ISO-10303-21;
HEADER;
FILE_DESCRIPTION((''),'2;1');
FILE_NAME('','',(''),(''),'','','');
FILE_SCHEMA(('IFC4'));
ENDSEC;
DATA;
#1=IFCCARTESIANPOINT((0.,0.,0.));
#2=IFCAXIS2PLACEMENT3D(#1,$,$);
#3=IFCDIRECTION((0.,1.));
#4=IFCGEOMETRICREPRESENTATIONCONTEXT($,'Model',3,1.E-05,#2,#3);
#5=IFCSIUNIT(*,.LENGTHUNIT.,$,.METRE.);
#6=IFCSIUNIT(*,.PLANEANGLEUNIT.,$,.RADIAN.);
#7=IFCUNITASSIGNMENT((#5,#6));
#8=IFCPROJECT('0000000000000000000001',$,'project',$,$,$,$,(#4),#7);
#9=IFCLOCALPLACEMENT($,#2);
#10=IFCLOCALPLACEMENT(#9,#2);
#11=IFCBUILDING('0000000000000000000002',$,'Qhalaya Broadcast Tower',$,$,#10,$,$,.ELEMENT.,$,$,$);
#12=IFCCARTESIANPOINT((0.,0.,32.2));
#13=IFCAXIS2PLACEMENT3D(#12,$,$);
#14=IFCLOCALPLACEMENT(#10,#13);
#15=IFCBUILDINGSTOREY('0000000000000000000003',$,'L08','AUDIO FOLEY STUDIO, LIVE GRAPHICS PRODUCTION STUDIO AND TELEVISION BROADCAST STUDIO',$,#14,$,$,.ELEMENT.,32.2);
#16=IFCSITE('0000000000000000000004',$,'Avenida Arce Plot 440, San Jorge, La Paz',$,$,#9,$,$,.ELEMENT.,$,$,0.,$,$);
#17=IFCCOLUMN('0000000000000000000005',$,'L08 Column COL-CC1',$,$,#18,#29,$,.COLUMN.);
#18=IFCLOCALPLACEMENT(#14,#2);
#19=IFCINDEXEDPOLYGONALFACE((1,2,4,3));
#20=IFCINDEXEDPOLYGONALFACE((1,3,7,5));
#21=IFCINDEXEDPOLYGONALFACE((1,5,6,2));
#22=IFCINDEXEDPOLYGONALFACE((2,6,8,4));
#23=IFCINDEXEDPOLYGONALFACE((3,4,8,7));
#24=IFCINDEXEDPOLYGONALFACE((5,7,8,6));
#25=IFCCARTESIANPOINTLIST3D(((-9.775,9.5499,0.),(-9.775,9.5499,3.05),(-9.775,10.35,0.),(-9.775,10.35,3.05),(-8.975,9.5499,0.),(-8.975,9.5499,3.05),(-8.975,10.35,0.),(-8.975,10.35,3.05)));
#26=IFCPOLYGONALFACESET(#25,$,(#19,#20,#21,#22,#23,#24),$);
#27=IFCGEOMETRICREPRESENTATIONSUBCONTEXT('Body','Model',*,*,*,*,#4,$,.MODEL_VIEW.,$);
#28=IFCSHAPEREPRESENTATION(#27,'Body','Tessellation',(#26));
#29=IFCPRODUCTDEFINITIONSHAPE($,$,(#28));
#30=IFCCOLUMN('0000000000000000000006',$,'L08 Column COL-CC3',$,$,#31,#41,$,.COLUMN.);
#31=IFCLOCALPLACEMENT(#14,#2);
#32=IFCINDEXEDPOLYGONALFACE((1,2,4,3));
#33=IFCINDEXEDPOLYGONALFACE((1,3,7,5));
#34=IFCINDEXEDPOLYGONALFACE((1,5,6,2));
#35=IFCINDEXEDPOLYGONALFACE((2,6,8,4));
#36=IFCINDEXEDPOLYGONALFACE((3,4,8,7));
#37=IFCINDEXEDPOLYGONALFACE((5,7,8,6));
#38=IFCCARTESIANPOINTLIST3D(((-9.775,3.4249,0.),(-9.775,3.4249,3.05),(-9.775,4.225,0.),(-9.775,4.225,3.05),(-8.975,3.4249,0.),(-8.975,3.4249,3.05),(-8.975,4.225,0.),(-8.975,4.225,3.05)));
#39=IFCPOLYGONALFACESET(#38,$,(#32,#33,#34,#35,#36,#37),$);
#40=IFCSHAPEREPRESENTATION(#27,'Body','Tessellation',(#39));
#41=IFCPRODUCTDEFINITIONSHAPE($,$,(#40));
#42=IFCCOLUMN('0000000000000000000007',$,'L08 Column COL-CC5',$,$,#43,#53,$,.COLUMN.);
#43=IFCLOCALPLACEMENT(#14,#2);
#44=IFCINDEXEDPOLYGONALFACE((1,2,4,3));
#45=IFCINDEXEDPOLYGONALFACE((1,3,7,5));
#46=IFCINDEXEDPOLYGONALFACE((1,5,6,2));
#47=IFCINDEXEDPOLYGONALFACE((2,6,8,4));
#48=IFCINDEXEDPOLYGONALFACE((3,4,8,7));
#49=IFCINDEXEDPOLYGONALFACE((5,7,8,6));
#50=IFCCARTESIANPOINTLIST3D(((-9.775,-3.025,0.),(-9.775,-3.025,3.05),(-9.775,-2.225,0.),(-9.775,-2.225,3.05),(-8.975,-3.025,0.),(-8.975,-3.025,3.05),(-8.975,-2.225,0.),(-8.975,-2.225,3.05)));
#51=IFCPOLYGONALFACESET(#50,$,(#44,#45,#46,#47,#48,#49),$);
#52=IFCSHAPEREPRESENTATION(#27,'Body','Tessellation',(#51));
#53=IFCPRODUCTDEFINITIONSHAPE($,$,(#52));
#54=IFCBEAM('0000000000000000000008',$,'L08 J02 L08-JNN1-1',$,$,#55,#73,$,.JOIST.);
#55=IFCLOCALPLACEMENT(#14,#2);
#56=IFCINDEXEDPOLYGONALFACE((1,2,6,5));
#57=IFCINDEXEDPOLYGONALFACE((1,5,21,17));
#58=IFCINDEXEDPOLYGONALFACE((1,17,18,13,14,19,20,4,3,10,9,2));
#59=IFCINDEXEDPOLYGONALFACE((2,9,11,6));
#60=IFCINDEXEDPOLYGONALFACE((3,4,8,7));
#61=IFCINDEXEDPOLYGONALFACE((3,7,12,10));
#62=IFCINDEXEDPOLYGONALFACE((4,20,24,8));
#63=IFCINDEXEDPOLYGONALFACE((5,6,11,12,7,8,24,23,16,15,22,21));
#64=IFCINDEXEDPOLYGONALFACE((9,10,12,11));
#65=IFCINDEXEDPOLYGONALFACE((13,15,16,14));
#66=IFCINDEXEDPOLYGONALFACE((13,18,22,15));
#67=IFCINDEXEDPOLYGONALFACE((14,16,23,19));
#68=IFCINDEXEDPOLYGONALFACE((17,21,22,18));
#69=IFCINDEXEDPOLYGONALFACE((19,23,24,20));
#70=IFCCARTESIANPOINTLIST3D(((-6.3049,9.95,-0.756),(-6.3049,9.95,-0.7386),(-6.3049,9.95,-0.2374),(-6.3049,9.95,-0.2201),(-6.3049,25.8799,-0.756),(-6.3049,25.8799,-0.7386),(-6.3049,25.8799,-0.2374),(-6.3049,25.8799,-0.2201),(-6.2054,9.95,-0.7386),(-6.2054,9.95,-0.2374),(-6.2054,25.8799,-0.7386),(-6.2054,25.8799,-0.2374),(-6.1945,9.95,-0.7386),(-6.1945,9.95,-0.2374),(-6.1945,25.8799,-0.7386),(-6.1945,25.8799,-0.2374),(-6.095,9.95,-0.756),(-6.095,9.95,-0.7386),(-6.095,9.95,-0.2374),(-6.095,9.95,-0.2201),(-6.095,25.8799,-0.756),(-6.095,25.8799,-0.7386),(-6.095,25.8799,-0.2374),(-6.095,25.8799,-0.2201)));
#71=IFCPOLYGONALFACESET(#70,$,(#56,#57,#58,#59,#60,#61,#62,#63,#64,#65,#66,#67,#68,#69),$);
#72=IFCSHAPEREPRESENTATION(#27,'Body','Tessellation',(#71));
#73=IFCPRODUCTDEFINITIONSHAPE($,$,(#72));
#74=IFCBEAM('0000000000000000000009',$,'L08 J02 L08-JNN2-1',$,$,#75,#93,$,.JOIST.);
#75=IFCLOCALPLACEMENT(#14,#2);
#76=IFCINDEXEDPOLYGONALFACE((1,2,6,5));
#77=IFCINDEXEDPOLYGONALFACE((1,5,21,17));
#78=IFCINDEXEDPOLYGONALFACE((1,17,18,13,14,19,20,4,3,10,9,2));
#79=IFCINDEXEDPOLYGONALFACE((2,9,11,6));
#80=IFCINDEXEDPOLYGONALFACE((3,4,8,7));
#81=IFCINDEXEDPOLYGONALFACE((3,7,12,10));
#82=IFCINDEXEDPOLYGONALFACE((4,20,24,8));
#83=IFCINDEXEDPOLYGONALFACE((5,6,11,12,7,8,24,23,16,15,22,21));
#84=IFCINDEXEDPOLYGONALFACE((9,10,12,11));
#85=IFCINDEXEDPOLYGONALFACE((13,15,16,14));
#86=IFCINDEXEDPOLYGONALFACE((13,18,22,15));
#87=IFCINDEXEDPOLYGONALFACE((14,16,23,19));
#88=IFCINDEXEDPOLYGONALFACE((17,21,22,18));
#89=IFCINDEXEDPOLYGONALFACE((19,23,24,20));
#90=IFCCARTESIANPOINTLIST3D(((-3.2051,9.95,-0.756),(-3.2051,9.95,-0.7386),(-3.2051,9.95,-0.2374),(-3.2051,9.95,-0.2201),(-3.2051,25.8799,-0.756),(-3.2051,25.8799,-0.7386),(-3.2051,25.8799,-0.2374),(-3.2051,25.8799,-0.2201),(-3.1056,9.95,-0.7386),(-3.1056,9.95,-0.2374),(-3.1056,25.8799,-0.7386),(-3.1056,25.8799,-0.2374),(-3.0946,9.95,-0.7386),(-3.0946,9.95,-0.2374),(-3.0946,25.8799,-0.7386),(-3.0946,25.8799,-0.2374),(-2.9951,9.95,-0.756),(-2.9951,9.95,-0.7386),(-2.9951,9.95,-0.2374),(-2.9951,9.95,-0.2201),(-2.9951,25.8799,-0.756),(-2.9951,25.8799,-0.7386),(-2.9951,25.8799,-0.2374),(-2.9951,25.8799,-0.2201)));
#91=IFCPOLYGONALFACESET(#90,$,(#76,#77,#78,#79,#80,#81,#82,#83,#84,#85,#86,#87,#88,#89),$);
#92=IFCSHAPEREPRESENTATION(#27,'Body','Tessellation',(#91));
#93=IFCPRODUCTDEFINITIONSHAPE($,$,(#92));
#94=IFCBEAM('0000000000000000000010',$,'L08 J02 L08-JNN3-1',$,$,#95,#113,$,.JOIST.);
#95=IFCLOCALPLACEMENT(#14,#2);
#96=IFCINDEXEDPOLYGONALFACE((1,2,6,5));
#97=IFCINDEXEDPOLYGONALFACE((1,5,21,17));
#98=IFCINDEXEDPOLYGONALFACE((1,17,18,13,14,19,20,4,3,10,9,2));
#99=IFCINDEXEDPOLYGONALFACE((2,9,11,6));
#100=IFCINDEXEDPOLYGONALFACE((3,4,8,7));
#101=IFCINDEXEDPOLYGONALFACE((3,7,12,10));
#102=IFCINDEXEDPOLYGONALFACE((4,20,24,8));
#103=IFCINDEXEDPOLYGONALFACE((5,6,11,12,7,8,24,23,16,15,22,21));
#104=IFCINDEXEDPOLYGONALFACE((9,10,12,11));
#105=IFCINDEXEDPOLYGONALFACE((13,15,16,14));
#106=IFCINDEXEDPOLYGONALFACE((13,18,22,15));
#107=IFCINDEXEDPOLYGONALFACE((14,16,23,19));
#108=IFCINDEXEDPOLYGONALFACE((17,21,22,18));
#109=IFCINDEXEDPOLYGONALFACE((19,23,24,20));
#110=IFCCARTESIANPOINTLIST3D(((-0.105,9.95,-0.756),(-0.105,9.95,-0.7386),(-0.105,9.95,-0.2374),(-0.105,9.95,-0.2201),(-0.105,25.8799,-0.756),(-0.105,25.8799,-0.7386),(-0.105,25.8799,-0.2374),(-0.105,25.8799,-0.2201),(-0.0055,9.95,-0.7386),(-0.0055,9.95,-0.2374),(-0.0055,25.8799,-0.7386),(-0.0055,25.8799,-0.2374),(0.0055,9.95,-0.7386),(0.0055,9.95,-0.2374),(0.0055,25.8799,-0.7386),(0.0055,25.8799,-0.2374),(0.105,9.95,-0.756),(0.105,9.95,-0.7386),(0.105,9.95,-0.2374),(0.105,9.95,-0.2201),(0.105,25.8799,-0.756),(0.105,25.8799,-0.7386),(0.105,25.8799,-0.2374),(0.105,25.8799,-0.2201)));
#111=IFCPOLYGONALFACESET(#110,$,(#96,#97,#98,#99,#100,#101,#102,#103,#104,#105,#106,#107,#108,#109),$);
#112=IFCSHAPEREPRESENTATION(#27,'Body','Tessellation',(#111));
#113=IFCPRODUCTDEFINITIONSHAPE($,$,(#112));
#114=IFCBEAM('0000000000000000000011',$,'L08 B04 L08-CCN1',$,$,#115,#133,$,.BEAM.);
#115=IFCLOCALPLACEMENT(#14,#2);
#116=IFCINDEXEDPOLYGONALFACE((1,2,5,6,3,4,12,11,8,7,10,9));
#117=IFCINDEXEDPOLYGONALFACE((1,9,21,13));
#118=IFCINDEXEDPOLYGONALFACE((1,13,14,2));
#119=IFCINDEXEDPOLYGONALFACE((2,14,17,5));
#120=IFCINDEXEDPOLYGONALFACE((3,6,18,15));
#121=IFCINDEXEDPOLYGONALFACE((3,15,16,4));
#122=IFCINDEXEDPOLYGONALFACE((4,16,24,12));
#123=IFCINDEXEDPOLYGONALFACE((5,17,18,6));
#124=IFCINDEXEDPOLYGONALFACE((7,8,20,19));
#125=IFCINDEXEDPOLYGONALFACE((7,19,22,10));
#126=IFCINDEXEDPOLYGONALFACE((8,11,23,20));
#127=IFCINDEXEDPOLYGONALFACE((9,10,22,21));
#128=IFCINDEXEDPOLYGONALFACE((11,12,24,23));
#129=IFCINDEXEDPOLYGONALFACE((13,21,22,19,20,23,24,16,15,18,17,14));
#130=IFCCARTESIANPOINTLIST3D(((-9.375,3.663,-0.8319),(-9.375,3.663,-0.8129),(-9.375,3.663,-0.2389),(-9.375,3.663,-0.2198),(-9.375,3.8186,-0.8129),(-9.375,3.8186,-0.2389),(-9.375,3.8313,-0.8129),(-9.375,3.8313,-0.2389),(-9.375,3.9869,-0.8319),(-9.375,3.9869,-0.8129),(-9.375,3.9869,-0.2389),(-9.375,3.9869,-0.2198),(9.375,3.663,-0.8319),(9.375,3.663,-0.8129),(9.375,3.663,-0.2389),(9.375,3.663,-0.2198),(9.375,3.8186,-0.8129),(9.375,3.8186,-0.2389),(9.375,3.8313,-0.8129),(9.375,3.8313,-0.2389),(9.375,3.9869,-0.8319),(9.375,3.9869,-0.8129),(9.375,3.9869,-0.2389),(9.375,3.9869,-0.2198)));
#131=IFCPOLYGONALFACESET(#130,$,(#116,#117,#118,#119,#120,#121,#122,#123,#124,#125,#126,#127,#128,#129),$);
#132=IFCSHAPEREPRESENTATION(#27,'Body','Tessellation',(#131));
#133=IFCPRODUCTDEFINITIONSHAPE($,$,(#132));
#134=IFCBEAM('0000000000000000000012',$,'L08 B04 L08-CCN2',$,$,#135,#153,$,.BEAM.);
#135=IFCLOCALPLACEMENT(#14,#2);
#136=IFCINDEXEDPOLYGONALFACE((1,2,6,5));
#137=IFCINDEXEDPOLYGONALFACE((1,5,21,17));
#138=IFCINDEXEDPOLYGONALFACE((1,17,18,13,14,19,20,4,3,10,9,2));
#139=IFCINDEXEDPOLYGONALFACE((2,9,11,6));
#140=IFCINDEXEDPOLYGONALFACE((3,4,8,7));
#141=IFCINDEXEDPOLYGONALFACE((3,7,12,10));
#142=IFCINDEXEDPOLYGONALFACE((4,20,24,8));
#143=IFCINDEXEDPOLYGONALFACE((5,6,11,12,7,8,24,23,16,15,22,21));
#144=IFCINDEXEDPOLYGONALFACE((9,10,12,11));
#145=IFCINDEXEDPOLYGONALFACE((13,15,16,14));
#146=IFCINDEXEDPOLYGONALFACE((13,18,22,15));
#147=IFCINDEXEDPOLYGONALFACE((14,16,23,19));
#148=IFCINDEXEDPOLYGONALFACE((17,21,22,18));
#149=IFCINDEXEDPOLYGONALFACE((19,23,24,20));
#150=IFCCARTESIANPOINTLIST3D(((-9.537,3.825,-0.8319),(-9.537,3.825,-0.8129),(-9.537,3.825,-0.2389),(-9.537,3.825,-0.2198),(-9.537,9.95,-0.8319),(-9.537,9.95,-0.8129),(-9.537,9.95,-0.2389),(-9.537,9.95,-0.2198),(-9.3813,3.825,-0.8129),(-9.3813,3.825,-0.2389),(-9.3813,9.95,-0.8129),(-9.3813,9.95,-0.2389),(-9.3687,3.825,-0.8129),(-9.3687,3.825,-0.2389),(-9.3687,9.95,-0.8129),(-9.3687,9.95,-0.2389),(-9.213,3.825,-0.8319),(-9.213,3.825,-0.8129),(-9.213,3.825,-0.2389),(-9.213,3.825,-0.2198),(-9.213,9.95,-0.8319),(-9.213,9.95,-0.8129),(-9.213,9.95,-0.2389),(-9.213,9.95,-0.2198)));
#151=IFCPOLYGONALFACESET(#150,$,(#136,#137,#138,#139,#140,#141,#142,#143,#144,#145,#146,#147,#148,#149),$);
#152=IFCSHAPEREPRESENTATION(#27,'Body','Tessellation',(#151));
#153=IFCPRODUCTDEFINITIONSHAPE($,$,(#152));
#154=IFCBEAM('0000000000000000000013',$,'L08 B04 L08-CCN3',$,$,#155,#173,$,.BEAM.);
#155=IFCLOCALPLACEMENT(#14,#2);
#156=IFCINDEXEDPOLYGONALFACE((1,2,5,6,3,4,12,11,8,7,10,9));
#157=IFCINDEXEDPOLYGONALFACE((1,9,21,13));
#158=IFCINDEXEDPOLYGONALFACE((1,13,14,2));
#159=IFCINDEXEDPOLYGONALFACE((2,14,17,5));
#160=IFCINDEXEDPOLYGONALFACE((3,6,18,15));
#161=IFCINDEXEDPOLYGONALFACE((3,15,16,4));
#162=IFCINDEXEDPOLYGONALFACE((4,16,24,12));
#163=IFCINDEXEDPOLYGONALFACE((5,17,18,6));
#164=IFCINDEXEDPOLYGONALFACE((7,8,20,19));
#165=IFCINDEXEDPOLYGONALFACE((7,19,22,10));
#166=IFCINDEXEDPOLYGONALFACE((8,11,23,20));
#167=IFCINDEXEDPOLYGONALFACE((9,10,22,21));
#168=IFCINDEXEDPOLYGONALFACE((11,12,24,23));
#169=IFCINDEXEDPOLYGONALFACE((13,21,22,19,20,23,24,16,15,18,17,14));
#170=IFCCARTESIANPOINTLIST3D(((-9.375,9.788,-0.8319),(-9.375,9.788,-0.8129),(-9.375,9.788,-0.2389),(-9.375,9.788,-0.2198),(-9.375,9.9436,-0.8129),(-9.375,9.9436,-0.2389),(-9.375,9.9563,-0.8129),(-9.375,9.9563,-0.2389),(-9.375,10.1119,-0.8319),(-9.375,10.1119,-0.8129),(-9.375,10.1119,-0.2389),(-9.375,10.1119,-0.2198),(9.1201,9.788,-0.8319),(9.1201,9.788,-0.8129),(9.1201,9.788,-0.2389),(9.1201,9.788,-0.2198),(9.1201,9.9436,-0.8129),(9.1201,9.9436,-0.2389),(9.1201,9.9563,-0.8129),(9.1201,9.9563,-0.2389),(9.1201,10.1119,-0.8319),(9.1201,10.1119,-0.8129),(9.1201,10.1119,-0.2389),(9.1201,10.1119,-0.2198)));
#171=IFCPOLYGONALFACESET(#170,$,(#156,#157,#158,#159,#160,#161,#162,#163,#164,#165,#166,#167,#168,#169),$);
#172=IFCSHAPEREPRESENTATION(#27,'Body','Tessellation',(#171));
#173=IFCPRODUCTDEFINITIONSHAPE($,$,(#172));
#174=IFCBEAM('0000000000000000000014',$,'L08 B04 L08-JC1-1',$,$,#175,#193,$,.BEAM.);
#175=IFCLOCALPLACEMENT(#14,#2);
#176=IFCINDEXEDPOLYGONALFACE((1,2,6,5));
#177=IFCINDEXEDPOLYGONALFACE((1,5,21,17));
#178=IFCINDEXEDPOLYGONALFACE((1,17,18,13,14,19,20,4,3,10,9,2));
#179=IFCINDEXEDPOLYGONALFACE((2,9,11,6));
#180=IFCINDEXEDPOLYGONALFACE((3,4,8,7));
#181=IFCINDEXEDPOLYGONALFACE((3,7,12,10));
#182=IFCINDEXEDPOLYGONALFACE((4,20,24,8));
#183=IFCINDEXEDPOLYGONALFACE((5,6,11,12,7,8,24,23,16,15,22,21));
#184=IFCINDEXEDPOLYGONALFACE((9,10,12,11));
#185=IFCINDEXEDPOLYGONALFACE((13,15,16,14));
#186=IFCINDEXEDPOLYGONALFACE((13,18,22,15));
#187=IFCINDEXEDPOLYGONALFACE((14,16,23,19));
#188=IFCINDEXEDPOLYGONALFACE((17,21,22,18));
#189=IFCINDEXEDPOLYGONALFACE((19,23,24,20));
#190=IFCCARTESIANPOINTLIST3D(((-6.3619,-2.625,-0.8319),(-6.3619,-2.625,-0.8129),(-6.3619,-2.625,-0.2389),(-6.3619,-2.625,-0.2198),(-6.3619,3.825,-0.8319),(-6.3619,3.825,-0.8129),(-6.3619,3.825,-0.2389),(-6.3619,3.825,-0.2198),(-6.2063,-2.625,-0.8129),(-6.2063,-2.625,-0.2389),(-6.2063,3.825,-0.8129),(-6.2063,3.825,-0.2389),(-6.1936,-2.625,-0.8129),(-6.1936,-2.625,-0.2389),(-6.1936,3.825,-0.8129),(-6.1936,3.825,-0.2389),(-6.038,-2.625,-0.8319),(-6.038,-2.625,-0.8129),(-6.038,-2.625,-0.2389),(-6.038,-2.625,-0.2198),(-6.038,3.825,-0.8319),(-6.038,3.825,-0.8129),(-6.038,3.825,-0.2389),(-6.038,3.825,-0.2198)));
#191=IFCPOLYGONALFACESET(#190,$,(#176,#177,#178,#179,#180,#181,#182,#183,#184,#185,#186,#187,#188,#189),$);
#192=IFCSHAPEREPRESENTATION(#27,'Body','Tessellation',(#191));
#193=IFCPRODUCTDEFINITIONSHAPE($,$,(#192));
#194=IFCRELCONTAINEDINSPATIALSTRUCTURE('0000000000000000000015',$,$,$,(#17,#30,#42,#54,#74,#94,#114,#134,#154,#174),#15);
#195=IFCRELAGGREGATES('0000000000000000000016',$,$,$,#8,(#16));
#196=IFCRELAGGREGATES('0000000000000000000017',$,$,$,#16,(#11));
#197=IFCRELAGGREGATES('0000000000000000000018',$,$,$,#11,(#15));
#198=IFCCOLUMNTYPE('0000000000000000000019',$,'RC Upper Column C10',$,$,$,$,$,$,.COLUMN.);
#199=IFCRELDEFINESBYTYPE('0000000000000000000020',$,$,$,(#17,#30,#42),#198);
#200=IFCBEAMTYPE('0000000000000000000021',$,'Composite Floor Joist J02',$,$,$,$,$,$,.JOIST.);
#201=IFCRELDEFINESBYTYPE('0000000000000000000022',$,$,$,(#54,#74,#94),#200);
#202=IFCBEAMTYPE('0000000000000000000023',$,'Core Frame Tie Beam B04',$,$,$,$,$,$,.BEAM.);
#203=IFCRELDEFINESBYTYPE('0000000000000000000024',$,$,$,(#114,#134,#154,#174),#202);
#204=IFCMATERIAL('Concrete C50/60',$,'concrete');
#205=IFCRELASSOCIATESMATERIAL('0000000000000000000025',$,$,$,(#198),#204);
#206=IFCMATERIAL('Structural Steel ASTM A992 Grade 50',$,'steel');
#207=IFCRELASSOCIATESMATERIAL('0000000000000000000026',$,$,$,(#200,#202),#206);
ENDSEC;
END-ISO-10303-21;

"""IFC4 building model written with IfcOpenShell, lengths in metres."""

from ifc_helpers import new_model, si_unit, direction, frame, origin, origin_2d, place, context, subcontext, project, spatial, rectangle, i_section, extrude, material, material_profile, profile_set, type_object, element, save


model = new_model("IFC4")

# Units and contexts
model_context = context("Model", 3, precision=1e-05, world=origin(), true_north=direction((0.0, 1.0)))
body_context = subcontext(model_context, "Body", "Model", "MODEL_VIEW")
ifc_project = project(units=[si_unit("LENGTHUNIT", "METRE"), si_unit("PLANEANGLEUNIT", "RADIAN")], contexts=[model_context])

# Site, building, storey
site_placement = place(None, origin())
site = spatial("IfcSite", under=ifc_project, at=site_placement, Name="Avenida Arce Plot 440, San Jorge, La Paz", CompositionType="ELEMENT", RefElevation=0.0)
building_placement = place(site_placement, origin())
building = spatial("IfcBuilding", under=site, at=building_placement, Name="Qhalaya Broadcast Tower", CompositionType="ELEMENT")
storey_placement = place(building_placement, frame((0.0, 0.0, 32.2)))
storey = spatial("IfcBuildingStorey", under=building, at=storey_placement, Name="L08", Description="AUDIO FOLEY STUDIO, LIVE GRAPHICS PRODUCTION STUDIO AND TELEVISION BROADCAST STUDIO", CompositionType="ELEMENT", Elevation=32.2)

# Columns
ifc_material_1 = material(Name="Concrete C50/60", Category="concrete")
ifc_material_profile_1 = material_profile(ifc_material_1, rectangle(XDim=0.8, YDim=0.8, at=origin_2d()), Name="RC-COL 800x800")
ifc_profile_set_1 = profile_set([ifc_material_profile_1], Name="Concrete C50/60")
column_type = type_object("IfcColumnType", Name="RC Upper Column C10", PredefinedType="COLUMN", material=ifc_profile_set_1)
for number, where, z_axis, x_axis, name in (
    (1, (-9.375, 9.95, 0.0), (0.0, 0.0, 1.0), (1.0, 0.0, 0.0), "L08 Column COL-CC1"),
    (2, (-9.375, 3.825, 0.0), (0.0, 0.0, 1.0), (1.0, 0.0, 0.0), "L08 Column COL-CC3"),
    (3, (-9.375, -2.625, 0.0), (0.0, 0.0, 1.0), (1.0, 0.0, 0.0), "L08 Column COL-CC5"),
):
    element("IfcColumn", number, at=place(storey_placement, frame(where, z_axis=z_axis, x_axis=x_axis)), inside=storey, type_object=column_type, Name=name, PredefinedType="COLUMN", context=body_context, shape_type="SweptSolid", body=[
        extrude(rectangle(XDim=0.8, YDim=0.8, at=origin_2d()), origin(), (0.0, 0.0, 1.0), 3.05),
    ])

# Beams
ifc_material_2 = material(Name="Structural Steel ASTM A992 Grade 50", Category="steel")
ifc_material_profile_2 = material_profile(ifc_material_2, i_section(OverallWidth=0.21, OverallDepth=0.5359, WebThickness=0.011, FlangeThickness=0.0173, at=origin_2d()), Name="W21X68")
ifc_profile_set_2 = profile_set([ifc_material_profile_2], Name="Structural Steel ASTM A992 Grade 50")
beam_type_1 = type_object("IfcBeamType", Name="Composite Floor Joist J02", PredefinedType="JOIST", material=ifc_profile_set_2)
for number, where, z_axis, x_axis, name in (
    (4, (-6.2, 9.95, -0.488), (0.0, 1.0, 0.0), (-1.0, 0.0, 0.0), "L08 J02 L08-JNN1-1"),
    (5, (-3.1001, 9.95, -0.488), (0.0, 1.0, 0.0), (-1.0, 0.0, 0.0), "L08 J02 L08-JNN2-1"),
    (6, (0.0, 9.95, -0.488), (0.0, 1.0, 0.0), (-1.0, 0.0, 0.0), "L08 J02 L08-JNN3-1"),
):
    element("IfcBeam", number, at=place(storey_placement, frame(where, z_axis=z_axis, x_axis=x_axis)), inside=storey, type_object=beam_type_1, Name=name, PredefinedType="JOIST", context=body_context, shape_type="SweptSolid", body=[
        extrude(i_section(OverallWidth=0.21, OverallDepth=0.5359, WebThickness=0.011, FlangeThickness=0.0173, at=origin_2d()), origin(), (0.0, 0.0, 1.0), 15.9299),
    ])
ifc_material_profile_3 = material_profile(ifc_material_2, i_section(OverallWidth=0.324, OverallDepth=0.6121, WebThickness=0.0127, FlangeThickness=0.019, at=origin_2d()), Name="W24X104")
ifc_profile_set_3 = profile_set([ifc_material_profile_3], Name="Structural Steel ASTM A992 Grade 50")
beam_type_2 = type_object("IfcBeamType", Name="Core Frame Tie Beam B04", PredefinedType="BEAM", material=ifc_profile_set_3)
beam_1_placement = place(storey_placement, frame((-9.375, 3.825, -0.5259), z_axis=(1.0, 0.0, 0.0), x_axis=(0.0, 1.0, 0.0)))
element("IfcBeam", 7, at=beam_1_placement, inside=storey, type_object=beam_type_2, Name="L08 B04 L08-CCN1", PredefinedType="BEAM", context=body_context, shape_type="SweptSolid", body=[
    extrude(i_section(OverallWidth=0.324, OverallDepth=0.6121, WebThickness=0.0127, FlangeThickness=0.019, at=origin_2d()), origin(), (0.0, 0.0, 1.0), 18.75),
])
beam_2_placement = place(storey_placement, frame((-9.375, 3.825, -0.5259), z_axis=(0.0, 1.0, 0.0), x_axis=(-1.0, 0.0, 0.0)))
element("IfcBeam", 8, at=beam_2_placement, inside=storey, type_object=beam_type_2, Name="L08 B04 L08-CCN2", PredefinedType="BEAM", context=body_context, shape_type="SweptSolid", body=[
    extrude(i_section(OverallWidth=0.324, OverallDepth=0.6121, WebThickness=0.0127, FlangeThickness=0.019, at=origin_2d()), origin(), (0.0, 0.0, 1.0), 6.125),
])
beam_3_placement = place(storey_placement, frame((-9.375, 9.95, -0.5259), z_axis=(1.0, 0.0, 0.0), x_axis=(0.0, 1.0, 0.0)))
element("IfcBeam", 9, at=beam_3_placement, inside=storey, type_object=beam_type_2, Name="L08 B04 L08-CCN3", PredefinedType="BEAM", context=body_context, shape_type="SweptSolid", body=[
    extrude(i_section(OverallWidth=0.324, OverallDepth=0.6121, WebThickness=0.0127, FlangeThickness=0.019, at=origin_2d()), origin(), (0.0, 0.0, 1.0), 18.4951),
])
for number, where, z_axis, x_axis, name in (
    (10, (-6.2, -2.625, -0.5259), (0.0, 1.0, 0.0), (-1.0, 0.0, 0.0), "L08 B04 L08-JC1-1"),
):
    element("IfcBeam", number, at=place(storey_placement, frame(where, z_axis=z_axis, x_axis=x_axis)), inside=storey, type_object=beam_type_2, Name=name, PredefinedType="BEAM", context=body_context, shape_type="SweptSolid", body=[
        extrude(i_section(OverallWidth=0.324, OverallDepth=0.6121, WebThickness=0.0127, FlangeThickness=0.019, at=origin_2d()), origin(), (0.0, 0.0, 1.0), 6.45),
    ])

save(model, "model.ifc")
